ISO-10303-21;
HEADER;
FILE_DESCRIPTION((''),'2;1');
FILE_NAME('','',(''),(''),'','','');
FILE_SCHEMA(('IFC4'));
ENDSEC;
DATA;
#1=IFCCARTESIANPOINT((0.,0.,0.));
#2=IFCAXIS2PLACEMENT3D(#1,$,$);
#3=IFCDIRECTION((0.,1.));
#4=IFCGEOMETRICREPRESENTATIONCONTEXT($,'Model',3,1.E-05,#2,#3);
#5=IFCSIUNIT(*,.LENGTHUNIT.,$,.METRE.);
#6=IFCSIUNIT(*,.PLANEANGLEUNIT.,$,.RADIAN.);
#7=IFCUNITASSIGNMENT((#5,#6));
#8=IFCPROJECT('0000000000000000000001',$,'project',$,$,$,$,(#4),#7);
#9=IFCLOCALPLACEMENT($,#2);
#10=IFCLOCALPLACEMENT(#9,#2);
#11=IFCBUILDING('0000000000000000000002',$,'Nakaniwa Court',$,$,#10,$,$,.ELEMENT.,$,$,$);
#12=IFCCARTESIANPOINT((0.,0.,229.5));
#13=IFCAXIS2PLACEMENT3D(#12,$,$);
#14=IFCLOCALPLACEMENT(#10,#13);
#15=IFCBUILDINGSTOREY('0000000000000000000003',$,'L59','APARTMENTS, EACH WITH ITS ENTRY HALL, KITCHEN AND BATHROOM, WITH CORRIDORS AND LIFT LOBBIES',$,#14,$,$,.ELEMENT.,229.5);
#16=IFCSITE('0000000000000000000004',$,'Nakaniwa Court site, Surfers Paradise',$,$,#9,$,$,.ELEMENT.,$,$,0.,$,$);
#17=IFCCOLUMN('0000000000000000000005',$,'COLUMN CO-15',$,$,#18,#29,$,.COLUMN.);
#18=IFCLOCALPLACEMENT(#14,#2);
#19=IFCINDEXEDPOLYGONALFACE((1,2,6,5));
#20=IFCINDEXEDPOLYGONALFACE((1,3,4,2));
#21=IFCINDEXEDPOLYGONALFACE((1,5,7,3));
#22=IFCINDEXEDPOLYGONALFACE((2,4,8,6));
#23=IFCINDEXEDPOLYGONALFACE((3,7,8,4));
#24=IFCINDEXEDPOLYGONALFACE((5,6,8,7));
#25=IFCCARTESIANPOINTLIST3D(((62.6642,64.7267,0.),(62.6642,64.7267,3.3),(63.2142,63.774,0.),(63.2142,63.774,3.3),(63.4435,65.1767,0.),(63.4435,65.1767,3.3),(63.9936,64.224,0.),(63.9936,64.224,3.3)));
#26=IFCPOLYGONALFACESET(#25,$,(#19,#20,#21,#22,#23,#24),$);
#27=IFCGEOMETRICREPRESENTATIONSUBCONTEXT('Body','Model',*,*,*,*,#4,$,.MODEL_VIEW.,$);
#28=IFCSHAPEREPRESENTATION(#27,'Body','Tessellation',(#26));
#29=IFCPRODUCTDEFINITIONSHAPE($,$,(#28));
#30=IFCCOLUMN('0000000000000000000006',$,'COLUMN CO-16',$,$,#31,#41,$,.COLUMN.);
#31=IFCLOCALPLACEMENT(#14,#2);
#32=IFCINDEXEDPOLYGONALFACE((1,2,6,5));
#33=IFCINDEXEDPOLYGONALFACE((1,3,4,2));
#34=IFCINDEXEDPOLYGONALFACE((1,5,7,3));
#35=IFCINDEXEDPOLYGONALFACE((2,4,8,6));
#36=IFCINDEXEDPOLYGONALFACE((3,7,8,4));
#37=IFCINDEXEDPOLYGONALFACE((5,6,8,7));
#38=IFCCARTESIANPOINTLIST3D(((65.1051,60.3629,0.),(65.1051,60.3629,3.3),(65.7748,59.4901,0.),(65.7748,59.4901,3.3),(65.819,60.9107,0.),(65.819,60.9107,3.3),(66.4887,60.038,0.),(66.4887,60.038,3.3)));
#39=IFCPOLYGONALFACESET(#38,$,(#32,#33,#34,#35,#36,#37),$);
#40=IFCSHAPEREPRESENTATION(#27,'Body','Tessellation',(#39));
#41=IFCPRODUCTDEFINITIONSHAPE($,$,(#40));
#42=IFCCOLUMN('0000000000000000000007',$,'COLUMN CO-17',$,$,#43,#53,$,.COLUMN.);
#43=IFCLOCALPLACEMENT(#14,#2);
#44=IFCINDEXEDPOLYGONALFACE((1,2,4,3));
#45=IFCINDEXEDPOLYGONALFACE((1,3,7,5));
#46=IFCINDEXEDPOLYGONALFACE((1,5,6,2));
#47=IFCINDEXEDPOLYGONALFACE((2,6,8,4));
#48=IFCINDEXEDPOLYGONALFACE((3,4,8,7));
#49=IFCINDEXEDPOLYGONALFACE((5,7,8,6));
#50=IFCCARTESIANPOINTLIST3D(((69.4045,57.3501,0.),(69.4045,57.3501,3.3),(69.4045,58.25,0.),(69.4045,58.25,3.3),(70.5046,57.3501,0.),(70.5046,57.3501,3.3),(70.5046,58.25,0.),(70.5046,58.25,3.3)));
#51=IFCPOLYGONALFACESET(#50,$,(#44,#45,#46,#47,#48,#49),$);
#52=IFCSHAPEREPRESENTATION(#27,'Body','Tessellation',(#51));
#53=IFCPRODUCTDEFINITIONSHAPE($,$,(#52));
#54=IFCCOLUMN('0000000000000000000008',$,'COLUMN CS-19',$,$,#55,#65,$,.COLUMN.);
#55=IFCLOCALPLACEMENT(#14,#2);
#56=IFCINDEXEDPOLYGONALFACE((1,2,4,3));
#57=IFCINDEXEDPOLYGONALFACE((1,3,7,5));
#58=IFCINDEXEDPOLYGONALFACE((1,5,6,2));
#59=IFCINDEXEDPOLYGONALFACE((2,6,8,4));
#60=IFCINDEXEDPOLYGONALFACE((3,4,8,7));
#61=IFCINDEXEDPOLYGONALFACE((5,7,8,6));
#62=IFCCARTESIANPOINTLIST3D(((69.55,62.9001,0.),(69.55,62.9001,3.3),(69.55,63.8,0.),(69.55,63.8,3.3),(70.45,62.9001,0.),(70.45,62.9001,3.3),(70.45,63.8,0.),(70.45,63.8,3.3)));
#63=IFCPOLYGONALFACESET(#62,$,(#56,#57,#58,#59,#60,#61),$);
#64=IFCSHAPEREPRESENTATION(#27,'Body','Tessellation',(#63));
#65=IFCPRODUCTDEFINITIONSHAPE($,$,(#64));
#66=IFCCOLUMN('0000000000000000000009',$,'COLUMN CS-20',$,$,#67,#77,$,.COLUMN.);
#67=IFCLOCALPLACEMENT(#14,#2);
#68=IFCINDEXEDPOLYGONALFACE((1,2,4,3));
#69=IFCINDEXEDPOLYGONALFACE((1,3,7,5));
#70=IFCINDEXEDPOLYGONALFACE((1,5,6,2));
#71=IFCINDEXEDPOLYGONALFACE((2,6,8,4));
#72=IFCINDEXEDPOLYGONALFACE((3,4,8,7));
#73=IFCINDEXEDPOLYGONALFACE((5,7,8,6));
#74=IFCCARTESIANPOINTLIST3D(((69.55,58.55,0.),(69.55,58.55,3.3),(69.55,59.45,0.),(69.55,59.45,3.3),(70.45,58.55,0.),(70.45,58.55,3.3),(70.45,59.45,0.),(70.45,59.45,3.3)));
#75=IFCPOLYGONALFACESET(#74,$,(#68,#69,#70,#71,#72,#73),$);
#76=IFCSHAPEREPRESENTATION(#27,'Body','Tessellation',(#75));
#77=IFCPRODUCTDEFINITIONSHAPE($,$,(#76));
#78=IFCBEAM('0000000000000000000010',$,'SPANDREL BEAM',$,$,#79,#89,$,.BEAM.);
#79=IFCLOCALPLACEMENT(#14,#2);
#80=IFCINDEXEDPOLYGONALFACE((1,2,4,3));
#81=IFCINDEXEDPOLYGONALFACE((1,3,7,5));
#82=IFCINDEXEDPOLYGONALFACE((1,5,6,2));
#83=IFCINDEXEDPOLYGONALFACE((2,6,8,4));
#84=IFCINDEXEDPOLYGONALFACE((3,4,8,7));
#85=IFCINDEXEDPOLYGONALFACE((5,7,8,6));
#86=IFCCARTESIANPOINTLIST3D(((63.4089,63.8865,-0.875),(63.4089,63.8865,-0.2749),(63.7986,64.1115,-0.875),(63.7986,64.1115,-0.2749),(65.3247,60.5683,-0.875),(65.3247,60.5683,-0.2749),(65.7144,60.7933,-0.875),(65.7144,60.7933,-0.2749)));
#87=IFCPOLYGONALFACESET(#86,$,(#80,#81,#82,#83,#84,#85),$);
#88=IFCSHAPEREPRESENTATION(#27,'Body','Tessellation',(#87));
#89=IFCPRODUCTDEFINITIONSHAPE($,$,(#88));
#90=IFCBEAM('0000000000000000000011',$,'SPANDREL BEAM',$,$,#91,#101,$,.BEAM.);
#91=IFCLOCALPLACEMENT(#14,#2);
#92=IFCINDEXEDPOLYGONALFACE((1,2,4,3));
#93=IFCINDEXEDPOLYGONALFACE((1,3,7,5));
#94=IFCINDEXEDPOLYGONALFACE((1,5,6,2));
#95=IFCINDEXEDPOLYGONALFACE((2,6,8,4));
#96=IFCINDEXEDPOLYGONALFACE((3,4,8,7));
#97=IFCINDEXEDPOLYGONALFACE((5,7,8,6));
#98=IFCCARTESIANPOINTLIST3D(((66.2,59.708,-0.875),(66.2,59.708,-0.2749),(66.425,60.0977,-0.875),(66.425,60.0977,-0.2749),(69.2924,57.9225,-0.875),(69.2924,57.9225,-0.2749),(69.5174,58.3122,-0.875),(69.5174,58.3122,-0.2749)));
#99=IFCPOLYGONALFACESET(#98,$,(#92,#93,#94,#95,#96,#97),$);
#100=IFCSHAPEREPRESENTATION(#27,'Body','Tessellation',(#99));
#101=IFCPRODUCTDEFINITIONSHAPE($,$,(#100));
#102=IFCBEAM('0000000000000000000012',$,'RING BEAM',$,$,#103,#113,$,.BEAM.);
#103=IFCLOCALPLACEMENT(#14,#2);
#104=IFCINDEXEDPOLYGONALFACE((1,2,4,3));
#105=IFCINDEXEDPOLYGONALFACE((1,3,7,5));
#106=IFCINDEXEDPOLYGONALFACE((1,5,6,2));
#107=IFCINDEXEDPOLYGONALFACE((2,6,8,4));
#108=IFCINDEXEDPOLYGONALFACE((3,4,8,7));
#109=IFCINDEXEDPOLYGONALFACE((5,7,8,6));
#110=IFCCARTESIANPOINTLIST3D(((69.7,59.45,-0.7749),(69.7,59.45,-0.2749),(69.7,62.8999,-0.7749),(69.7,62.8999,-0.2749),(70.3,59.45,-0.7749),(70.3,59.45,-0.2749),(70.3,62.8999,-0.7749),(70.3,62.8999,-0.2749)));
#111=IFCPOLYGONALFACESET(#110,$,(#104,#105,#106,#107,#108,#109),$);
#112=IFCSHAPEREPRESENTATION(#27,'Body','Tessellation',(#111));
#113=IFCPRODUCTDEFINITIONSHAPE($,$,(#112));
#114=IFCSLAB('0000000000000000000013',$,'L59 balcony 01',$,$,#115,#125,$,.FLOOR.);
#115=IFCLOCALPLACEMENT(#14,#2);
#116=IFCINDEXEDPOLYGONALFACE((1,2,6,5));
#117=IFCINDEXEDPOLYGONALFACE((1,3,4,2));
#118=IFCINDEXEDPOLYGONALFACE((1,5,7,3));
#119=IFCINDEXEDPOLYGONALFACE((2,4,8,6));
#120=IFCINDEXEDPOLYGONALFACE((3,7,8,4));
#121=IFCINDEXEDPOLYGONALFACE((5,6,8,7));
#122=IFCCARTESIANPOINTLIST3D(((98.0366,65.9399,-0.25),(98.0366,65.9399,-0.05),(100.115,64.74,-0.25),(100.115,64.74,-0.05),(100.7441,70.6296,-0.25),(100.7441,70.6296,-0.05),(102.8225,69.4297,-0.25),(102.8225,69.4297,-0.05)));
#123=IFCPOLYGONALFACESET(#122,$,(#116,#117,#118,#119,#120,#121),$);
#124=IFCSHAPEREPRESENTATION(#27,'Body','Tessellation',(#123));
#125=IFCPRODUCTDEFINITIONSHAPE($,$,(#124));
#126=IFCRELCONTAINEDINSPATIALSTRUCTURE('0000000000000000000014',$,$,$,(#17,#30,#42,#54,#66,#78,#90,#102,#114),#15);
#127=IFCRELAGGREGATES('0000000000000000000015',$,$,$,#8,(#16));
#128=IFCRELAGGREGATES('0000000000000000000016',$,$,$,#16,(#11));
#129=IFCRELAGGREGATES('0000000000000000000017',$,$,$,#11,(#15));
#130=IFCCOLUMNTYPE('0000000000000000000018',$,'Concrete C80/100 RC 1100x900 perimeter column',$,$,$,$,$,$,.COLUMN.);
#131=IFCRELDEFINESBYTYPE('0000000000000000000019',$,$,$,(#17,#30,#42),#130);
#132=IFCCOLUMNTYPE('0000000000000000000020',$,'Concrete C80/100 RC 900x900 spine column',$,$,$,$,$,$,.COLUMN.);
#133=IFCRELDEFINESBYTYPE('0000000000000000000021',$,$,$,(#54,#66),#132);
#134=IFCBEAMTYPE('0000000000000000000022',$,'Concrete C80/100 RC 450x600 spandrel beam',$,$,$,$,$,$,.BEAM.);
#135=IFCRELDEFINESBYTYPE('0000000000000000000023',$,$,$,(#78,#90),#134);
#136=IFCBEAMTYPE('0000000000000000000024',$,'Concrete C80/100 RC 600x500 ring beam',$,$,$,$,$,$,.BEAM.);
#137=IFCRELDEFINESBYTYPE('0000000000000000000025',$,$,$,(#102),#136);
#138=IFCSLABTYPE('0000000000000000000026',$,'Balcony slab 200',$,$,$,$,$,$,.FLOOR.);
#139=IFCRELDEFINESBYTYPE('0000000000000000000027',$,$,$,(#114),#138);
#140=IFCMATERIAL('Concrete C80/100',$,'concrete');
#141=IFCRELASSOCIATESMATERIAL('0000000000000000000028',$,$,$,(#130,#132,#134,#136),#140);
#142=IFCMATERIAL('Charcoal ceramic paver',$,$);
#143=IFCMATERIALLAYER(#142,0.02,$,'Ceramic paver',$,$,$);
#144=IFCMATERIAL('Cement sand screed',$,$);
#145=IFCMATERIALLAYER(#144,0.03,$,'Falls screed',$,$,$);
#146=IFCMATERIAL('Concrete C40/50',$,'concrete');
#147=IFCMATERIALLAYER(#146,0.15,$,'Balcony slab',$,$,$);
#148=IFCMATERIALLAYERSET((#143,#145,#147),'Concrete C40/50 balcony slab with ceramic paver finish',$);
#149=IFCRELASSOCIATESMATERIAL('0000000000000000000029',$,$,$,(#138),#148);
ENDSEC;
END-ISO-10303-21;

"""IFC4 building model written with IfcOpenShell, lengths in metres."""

from ifc_helpers import new_model, si_unit, direction, frame, origin, origin_2d, place, context, subcontext, project, spatial, polyline, rectangle, outline, extrude, material, layer, layer_set, material_profile, profile_set, type_object, element, save


model = new_model("IFC4")

# Units and contexts
model_context = context("Model", 3, precision=1e-05, world=origin(), true_north=direction((0.0, 1.0)))
body_context = subcontext(model_context, "Body", "Model", "MODEL_VIEW")
ifc_project = project(units=[si_unit("LENGTHUNIT", "METRE"), si_unit("PLANEANGLEUNIT", "RADIAN")], contexts=[model_context])

# Site, building, storey
site_placement = place(None, origin())
site = spatial("IfcSite", under=ifc_project, at=site_placement, Name="Nakaniwa Court site, Surfers Paradise", CompositionType="ELEMENT", RefElevation=0.0)
building_placement = place(site_placement, origin())
building = spatial("IfcBuilding", under=site, at=building_placement, Name="Nakaniwa Court", CompositionType="ELEMENT")
storey_placement = place(building_placement, frame((0.0, 0.0, 229.5)))
storey = spatial("IfcBuildingStorey", under=building, at=storey_placement, Name="L59", Description="APARTMENTS, EACH WITH ITS ENTRY HALL, KITCHEN AND BATHROOM, WITH CORRIDORS AND LIFT LOBBIES", CompositionType="ELEMENT", Elevation=229.5)

# Columns
ifc_material_1 = material(Name="Concrete C80/100", Category="concrete")
ifc_material_profile_1 = material_profile(ifc_material_1, rectangle(XDim=1.1001, YDim=0.8999, at=origin_2d()), Name="Concrete C80/100 RC 1100x900 perimeter column")
ifc_profile_set_1 = profile_set([ifc_material_profile_1], Name="Concrete C80/100")
column_type_1 = type_object("IfcColumnType", Name="Concrete C80/100 RC 1100x900 perimeter column", PredefinedType="COLUMN", material=ifc_profile_set_1)
for number, where, z_axis, x_axis, name in (
    (1, (63.3289, 64.4753, 0.0), (0.0, 0.0, 1.0), (0.5, -0.866025, 0.0), "COLUMN CO-15"),
    (2, (65.7969, 60.2004, 0.0), (0.0, 0.0, 1.0), (0.608761, -0.793353, 0.0), "COLUMN CO-16"),
    (3, (69.9546, 57.8, 0.0), (0.0, 0.0, 1.0), (1.0, 0.0, 0.0), "COLUMN CO-17"),
):
    element("IfcColumn", number, at=place(storey_placement, frame(where, z_axis=z_axis, x_axis=x_axis)), inside=storey, type_object=column_type_1, Name=name, PredefinedType="COLUMN", context=body_context, shape_type="SweptSolid", body=[
        extrude(rectangle(XDim=1.1001, YDim=0.8999, at=origin_2d()), origin(), (0.0, 0.0, 1.0), 3.3),
    ])
ifc_material_profile_2 = material_profile(ifc_material_1, rectangle(XDim=0.8999, YDim=0.8999, at=origin_2d()), Name="Concrete C80/100 RC 900x900 spine column")
ifc_profile_set_2 = profile_set([ifc_material_profile_2], Name="Concrete C80/100")
column_type_2 = type_object("IfcColumnType", Name="Concrete C80/100 RC 900x900 spine column", PredefinedType="COLUMN", material=ifc_profile_set_2)
for number, where, z_axis, x_axis, name in (
    (4, (70.0, 63.3501, 0.0), (0.0, 0.0, 1.0), (0.0, -1.0, 0.0), "COLUMN CS-19"),
    (5, (70.0, 59.0, 0.0), (0.0, 0.0, 1.0), (0.0, -1.0, 0.0), "COLUMN CS-20"),
):
    element("IfcColumn", number, at=place(storey_placement, frame(where, z_axis=z_axis, x_axis=x_axis)), inside=storey, type_object=column_type_2, Name=name, PredefinedType="COLUMN", context=body_context, shape_type="SweptSolid", body=[
        extrude(rectangle(XDim=0.8999, YDim=0.8999, at=origin_2d()), origin(), (0.0, 0.0, 1.0), 3.3),
    ])

# Beams
ifc_material_profile_3 = material_profile(ifc_material_1, rectangle(XDim=0.45, YDim=0.6001, at=origin_2d()), Name="Concrete C80/100 RC 450x600 spandrel beam")
ifc_profile_set_3 = profile_set([ifc_material_profile_3], Name="Concrete C80/100")
beam_type_1 = type_object("IfcBeamType", Name="Concrete C80/100 RC 450x600 spandrel beam", PredefinedType="BEAM", material=ifc_profile_set_3)
beam_1_placement = place(storey_placement, frame((63.6038, 63.999, -0.575), z_axis=(0.500011, -0.866019, 0.0), x_axis=(0.866019, 0.500011, 0.0)))
element("IfcBeam", 6, at=beam_1_placement, inside=storey, type_object=beam_type_1, Name="SPANDREL BEAM", PredefinedType="BEAM", context=body_context, shape_type="SweptSolid", body=[
    extrude(rectangle(XDim=0.45, YDim=0.6001, at=origin_2d()), origin(), (0.0, 0.0, 1.0), 3.8315),
])
beam_2_placement = place(storey_placement, frame((66.3125, 59.9028, -0.575), z_axis=(0.866017, -0.500014, 0.0), x_axis=(0.500014, 0.866017, 0.0)))
element("IfcBeam", 7, at=beam_2_placement, inside=storey, type_object=beam_type_1, Name="SPANDREL BEAM", PredefinedType="BEAM", context=body_context, shape_type="SweptSolid", body=[
    extrude(rectangle(XDim=0.45, YDim=0.6001, at=origin_2d()), origin(), (0.0, 0.0, 1.0), 3.5708),
])
ifc_material_profile_4 = material_profile(ifc_material_1, rectangle(XDim=0.6001, YDim=0.5, at=origin_2d()), Name="Concrete C80/100 RC 600x500 ring beam")
ifc_profile_set_4 = profile_set([ifc_material_profile_4], Name="Concrete C80/100")
beam_type_2 = type_object("IfcBeamType", Name="Concrete C80/100 RC 600x500 ring beam", PredefinedType="BEAM", material=ifc_profile_set_4)
beam_3_placement = place(storey_placement, frame((70.0, 62.8999, -0.5249), z_axis=(0.0, -1.0, 0.0), x_axis=(1.0, 0.0, 0.0)))
element("IfcBeam", 8, at=beam_3_placement, inside=storey, type_object=beam_type_2, Name="RING BEAM", PredefinedType="BEAM", context=body_context, shape_type="SweptSolid", body=[
    extrude(rectangle(XDim=0.6001, YDim=0.5, at=origin_2d()), origin(), (0.0, 0.0, 1.0), 3.45),
])

# Slab
ifc_material_2 = material(Name="Charcoal ceramic paver")
ifc_layer_1 = layer(ifc_material_2, 0.02, Name="Ceramic paver")
ifc_material_3 = material(Name="Cement sand screed")
ifc_layer_2 = layer(ifc_material_3, 0.03, Name="Falls screed")
ifc_material_4 = material(Name="Concrete C40/50", Category="concrete")
ifc_layer_3 = layer(ifc_material_4, 0.15, Name="Balcony slab")
ifc_layer_set_1 = layer_set([ifc_layer_1, ifc_layer_2, ifc_layer_3], Name="Concrete C40/50 balcony slab with ceramic paver finish")
slab_type_1 = type_object("IfcSlabType", Name="Balcony slab 200", PredefinedType="FLOOR", material=ifc_layer_set_1)
slab_1_placement = place(storey_placement, frame((0.0, 0.0, -0.25)))
element("IfcSlab", 9, at=slab_1_placement, inside=storey, type_object=slab_type_1, Name="L59 balcony 01", PredefinedType="FLOOR", context=body_context, shape_type="SweptSolid", body=[
    extrude(outline(polyline([(98.0366, 65.9399), (100.7441, 70.6296), (102.8225, 69.4297), (100.115, 64.74), (98.0366, 65.9399)])), origin(), (0.0, 0.0, 1.0), 0.2),
])

save(model, "model.ifc")
